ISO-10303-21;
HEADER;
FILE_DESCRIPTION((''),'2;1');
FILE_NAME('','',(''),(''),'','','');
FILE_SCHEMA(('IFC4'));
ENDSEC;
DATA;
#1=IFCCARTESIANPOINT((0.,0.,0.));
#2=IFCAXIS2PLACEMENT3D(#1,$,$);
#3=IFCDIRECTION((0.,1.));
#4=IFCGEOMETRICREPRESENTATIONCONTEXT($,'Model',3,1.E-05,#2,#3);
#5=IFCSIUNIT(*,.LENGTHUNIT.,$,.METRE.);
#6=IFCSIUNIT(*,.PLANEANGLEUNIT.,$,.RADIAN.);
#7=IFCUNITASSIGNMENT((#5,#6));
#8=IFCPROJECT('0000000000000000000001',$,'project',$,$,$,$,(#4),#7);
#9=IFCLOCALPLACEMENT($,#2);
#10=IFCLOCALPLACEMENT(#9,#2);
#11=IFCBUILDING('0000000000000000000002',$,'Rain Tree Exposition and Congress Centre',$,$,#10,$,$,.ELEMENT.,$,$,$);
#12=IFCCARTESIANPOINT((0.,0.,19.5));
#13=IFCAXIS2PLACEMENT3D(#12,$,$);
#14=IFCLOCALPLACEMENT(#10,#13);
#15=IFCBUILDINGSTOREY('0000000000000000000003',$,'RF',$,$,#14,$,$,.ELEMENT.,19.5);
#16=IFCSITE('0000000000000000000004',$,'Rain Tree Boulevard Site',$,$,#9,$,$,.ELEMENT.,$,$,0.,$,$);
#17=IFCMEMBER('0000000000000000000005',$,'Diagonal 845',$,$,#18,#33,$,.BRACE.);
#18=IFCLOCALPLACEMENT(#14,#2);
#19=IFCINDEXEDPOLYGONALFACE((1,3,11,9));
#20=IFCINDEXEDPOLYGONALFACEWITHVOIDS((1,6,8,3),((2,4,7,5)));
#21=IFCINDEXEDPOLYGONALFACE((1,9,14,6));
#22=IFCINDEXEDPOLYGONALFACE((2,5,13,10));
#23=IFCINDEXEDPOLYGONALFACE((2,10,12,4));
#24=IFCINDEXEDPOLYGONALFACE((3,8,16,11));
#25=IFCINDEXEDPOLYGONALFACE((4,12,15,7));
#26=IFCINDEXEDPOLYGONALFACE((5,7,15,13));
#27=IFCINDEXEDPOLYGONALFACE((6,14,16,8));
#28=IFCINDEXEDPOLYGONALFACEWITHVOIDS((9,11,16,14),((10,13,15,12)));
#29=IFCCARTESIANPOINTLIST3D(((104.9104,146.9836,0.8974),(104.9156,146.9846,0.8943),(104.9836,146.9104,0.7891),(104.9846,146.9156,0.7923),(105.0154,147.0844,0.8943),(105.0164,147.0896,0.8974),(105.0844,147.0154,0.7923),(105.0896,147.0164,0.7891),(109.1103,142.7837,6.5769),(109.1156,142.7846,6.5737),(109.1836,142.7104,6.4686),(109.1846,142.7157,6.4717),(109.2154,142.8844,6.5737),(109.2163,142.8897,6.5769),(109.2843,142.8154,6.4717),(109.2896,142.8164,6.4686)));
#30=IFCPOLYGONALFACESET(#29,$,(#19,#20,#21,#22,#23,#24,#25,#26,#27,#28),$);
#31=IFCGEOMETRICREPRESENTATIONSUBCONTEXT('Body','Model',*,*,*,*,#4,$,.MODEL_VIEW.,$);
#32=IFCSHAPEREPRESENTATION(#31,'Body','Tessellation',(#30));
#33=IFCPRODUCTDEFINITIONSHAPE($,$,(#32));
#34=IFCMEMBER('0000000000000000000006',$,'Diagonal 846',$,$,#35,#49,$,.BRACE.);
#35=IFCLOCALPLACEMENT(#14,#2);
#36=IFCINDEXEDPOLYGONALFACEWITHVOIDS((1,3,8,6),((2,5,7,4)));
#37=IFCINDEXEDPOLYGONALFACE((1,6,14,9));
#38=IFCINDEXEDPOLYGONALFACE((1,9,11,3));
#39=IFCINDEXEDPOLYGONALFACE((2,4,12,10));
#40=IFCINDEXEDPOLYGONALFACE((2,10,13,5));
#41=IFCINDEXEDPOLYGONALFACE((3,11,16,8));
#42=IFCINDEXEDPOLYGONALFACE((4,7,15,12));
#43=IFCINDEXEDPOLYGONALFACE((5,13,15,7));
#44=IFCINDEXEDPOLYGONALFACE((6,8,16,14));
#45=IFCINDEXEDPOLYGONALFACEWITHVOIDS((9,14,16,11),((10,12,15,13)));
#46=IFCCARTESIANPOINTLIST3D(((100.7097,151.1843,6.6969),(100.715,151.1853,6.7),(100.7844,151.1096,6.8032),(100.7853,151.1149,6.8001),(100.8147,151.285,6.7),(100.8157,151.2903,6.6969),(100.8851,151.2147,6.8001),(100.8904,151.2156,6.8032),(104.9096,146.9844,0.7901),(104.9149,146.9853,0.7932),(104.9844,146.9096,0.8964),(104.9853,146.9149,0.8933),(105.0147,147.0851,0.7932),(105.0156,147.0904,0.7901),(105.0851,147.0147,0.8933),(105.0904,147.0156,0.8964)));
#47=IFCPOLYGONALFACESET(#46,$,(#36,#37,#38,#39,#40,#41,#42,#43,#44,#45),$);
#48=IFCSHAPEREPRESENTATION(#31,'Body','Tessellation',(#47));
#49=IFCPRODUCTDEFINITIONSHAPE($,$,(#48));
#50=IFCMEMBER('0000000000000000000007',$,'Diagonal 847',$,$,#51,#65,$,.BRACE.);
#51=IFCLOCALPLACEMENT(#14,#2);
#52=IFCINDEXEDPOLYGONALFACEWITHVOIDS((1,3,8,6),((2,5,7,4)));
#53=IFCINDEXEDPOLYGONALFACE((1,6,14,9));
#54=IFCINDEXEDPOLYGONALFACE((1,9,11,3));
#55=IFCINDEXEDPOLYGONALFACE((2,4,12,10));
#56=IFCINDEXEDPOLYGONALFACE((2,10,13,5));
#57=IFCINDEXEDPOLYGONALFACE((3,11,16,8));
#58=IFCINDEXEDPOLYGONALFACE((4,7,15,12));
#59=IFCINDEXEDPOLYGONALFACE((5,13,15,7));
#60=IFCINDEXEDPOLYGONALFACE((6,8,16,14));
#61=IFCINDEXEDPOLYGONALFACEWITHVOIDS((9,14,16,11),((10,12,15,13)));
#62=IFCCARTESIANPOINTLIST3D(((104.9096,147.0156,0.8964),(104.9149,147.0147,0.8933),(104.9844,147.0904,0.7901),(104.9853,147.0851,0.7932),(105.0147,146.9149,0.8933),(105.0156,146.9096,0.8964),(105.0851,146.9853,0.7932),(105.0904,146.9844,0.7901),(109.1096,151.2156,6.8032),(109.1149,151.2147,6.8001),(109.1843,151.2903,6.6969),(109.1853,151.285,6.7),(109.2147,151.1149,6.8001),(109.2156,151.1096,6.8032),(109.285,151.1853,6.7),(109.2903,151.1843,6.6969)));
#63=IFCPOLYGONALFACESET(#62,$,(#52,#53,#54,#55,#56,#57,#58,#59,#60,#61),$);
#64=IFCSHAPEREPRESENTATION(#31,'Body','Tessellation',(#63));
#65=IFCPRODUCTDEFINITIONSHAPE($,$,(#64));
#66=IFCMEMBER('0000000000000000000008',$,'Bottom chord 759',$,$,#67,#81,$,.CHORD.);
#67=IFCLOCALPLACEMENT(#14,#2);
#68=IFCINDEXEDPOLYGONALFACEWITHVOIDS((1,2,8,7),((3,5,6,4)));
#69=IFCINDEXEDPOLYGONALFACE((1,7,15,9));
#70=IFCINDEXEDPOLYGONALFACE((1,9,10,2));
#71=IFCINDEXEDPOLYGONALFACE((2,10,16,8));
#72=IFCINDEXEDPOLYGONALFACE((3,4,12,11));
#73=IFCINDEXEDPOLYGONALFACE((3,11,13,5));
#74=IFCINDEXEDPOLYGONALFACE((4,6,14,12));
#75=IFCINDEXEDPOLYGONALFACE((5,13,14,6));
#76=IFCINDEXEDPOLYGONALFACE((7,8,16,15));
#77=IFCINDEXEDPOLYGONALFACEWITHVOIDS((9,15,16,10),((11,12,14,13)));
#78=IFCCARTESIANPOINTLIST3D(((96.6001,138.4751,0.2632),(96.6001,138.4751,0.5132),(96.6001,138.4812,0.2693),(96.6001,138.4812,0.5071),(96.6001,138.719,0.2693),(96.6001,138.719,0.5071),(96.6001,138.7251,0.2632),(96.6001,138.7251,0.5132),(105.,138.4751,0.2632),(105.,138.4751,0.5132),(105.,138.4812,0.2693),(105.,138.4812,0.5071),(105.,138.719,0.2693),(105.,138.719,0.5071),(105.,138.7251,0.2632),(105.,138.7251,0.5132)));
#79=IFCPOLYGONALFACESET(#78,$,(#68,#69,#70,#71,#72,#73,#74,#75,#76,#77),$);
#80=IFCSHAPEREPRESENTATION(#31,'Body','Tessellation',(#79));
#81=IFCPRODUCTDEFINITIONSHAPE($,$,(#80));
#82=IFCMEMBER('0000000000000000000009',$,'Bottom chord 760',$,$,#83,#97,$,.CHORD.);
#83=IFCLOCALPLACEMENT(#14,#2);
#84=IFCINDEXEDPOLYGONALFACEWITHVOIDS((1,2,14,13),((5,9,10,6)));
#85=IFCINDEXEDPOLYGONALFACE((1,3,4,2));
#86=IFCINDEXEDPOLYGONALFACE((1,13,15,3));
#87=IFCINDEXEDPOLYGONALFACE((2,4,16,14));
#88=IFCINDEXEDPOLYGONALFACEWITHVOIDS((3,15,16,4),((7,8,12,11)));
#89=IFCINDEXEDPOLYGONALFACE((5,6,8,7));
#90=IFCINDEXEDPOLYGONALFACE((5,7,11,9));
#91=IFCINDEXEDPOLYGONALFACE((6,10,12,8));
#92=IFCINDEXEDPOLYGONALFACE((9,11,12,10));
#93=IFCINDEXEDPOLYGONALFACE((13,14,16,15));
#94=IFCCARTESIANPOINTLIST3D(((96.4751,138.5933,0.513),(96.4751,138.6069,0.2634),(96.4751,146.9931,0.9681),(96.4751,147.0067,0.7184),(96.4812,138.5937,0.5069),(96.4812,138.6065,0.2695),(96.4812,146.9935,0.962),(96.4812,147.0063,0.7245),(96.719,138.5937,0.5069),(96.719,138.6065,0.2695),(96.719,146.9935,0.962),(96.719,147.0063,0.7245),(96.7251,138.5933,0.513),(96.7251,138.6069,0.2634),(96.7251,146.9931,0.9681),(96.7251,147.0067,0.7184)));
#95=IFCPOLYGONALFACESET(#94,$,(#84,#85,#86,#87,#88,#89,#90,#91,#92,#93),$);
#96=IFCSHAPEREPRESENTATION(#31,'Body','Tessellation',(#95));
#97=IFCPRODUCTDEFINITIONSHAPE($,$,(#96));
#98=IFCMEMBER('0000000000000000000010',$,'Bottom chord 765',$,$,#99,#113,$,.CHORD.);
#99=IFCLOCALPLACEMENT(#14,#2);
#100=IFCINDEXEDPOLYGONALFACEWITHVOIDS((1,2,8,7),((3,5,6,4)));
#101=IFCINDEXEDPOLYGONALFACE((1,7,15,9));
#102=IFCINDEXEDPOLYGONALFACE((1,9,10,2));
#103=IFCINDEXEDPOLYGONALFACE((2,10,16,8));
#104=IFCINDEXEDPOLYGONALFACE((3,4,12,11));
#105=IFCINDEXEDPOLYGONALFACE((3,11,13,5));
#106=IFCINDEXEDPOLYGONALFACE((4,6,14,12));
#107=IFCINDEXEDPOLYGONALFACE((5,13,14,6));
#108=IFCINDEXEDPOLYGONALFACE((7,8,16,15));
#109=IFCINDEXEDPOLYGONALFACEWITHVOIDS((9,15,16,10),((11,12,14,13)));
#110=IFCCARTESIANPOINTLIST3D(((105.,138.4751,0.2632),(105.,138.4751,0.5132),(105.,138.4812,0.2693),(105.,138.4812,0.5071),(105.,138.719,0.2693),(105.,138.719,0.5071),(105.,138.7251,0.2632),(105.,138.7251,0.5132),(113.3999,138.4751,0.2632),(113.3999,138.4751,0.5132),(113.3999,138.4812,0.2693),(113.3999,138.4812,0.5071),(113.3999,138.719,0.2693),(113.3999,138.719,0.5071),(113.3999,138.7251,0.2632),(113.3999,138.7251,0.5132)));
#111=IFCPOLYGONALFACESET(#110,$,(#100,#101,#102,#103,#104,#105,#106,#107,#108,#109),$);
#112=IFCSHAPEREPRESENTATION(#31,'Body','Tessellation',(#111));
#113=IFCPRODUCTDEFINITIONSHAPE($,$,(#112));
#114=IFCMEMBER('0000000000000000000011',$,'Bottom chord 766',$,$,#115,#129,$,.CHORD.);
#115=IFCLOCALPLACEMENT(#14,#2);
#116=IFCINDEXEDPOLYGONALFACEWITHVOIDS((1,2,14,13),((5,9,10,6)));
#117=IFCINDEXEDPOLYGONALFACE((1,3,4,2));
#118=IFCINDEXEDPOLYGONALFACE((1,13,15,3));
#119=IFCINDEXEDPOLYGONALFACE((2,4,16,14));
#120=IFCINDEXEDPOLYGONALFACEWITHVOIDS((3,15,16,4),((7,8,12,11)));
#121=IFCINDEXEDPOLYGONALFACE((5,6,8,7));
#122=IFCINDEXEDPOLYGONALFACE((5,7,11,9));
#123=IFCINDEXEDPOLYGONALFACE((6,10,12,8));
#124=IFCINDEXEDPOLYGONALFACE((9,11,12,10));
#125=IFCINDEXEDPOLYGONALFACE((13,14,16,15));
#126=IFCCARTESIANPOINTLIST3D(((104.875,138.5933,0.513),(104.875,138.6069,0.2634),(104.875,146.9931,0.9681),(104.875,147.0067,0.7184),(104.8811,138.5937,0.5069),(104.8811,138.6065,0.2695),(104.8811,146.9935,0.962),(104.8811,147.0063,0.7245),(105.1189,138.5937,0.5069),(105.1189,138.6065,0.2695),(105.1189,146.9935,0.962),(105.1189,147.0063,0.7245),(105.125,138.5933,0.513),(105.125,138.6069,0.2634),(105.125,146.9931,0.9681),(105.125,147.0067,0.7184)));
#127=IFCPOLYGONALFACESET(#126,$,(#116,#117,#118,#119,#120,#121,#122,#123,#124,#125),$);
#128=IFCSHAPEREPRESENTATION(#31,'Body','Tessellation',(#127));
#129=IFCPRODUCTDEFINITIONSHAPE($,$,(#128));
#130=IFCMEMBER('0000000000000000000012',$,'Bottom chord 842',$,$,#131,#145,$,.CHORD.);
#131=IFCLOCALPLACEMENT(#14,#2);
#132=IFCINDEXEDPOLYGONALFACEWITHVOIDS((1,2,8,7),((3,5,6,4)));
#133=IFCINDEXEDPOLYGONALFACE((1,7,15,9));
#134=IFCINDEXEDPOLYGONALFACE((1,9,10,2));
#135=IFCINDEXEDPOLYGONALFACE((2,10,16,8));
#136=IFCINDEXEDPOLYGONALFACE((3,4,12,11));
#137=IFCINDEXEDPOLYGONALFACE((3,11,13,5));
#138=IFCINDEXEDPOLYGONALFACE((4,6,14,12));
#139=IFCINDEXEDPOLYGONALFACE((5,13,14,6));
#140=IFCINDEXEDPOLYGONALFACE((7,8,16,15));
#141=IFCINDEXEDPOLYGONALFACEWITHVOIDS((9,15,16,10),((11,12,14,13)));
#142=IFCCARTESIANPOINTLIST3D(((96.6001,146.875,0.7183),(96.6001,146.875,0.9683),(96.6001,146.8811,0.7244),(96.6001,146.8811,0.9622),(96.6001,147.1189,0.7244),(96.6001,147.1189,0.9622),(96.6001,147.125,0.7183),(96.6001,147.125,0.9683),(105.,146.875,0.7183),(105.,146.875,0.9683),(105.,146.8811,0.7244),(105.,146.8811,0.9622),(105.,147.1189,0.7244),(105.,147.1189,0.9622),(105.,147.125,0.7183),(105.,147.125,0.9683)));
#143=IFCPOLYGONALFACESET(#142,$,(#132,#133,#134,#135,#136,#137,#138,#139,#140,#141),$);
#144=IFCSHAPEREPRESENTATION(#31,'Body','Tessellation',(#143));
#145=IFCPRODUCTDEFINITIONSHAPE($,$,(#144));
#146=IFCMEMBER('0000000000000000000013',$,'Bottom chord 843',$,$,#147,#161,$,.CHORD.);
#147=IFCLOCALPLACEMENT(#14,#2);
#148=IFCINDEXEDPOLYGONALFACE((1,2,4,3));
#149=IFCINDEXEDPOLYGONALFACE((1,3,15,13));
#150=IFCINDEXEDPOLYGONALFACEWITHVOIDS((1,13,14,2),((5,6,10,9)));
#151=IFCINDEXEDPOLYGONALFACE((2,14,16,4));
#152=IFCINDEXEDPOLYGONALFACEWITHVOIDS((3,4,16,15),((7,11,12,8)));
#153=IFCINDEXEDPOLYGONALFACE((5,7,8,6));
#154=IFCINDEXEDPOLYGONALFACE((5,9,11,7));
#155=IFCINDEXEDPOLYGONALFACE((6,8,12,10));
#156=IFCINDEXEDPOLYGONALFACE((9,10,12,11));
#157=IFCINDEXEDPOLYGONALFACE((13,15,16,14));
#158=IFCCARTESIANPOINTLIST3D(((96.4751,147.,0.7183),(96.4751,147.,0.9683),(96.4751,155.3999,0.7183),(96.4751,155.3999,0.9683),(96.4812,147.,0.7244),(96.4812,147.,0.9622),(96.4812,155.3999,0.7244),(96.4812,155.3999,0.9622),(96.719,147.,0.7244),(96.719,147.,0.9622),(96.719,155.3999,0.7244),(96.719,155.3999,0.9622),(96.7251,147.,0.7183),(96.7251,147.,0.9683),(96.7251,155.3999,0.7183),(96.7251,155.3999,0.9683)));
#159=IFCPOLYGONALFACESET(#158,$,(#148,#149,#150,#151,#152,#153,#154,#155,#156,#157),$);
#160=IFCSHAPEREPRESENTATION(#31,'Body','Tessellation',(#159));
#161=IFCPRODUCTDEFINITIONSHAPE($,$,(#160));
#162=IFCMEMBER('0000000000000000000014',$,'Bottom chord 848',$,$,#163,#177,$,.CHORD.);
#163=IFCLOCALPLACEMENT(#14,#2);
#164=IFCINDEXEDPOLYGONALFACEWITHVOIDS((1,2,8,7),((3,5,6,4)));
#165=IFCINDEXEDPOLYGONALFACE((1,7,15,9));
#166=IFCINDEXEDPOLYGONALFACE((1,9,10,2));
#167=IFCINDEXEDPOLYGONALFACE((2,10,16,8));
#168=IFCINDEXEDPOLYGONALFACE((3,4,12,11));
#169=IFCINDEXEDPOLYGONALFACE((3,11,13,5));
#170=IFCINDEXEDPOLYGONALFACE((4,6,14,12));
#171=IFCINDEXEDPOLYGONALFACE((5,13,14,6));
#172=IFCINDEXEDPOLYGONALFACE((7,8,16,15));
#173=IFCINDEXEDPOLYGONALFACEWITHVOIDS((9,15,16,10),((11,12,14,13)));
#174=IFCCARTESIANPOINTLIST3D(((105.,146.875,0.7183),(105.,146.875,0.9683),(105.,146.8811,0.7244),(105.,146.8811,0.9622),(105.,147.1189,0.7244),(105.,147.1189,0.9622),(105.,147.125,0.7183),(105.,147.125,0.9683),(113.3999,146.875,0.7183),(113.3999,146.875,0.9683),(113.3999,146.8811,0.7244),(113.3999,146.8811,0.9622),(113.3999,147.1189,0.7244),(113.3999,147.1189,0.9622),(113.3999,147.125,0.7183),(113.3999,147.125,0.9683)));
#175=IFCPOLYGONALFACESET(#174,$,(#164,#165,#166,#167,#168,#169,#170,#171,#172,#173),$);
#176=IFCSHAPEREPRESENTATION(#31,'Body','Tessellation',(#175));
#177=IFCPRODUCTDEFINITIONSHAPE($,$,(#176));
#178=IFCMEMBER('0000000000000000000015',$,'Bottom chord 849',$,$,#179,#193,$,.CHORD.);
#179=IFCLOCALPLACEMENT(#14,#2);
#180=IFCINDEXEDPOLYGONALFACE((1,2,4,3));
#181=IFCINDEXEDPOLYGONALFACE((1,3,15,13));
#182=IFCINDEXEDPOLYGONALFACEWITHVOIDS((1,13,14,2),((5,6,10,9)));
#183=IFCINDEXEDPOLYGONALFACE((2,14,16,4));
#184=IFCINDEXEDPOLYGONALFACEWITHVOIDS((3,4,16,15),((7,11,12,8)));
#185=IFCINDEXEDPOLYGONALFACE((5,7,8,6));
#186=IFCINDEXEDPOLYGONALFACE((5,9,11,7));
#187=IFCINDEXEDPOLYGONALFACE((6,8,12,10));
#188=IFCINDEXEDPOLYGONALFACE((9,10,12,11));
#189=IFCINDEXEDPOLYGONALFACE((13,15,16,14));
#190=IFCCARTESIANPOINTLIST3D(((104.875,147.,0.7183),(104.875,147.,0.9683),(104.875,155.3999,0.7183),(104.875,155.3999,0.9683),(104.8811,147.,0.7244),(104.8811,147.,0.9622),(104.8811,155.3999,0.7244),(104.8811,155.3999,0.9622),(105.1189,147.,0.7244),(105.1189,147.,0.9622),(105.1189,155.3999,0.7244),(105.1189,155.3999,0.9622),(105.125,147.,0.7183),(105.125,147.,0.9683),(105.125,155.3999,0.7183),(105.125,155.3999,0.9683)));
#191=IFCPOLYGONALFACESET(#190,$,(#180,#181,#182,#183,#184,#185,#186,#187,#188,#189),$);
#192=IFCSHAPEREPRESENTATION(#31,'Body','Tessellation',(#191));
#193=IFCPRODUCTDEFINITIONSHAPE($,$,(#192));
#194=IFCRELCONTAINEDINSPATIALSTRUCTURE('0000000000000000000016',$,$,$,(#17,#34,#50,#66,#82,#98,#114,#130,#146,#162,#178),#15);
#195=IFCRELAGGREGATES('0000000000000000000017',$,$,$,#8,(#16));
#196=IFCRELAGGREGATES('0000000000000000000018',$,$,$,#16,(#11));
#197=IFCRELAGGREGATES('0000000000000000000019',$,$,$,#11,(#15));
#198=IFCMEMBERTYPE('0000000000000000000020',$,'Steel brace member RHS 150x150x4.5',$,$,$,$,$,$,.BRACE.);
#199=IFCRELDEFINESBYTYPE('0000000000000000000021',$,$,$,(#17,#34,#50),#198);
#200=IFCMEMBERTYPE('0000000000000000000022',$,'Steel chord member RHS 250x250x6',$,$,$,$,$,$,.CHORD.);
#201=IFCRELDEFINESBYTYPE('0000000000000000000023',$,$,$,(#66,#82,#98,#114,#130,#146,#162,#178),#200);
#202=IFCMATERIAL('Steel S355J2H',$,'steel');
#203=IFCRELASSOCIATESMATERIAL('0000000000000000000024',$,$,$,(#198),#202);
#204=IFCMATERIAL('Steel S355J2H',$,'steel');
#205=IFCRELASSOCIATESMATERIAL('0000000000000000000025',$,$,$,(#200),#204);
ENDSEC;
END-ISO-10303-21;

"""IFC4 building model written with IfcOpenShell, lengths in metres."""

from ifc_helpers import new_model, si_unit, direction, frame, origin, origin_2d, place, context, subcontext, project, spatial, hollow_rectangle, extrude, material, material_profile, profile_set, type_object, element, save


model = new_model("IFC4")

# Units and contexts
model_context = context("Model", 3, precision=1e-05, world=origin(), true_north=direction((0.0, 1.0)))
body_context = subcontext(model_context, "Body", "Model", "MODEL_VIEW")
ifc_project = project(units=[si_unit("LENGTHUNIT", "METRE"), si_unit("PLANEANGLEUNIT", "RADIAN")], contexts=[model_context])

# Site, building, storey
site_placement = place(None, origin())
site = spatial("IfcSite", under=ifc_project, at=site_placement, Name="Rain Tree Boulevard Site", CompositionType="ELEMENT", RefElevation=0.0)
building_placement = place(site_placement, origin())
building = spatial("IfcBuilding", under=site, at=building_placement, Name="Rain Tree Exposition and Congress Centre", CompositionType="ELEMENT")
storey_placement = place(building_placement, frame((0.0, 0.0, 19.5)))
storey = spatial("IfcBuildingStorey", under=building, at=storey_placement, Name="RF", CompositionType="ELEMENT", Elevation=19.5)

# Members
ifc_material_1 = material(Name="Steel S355J2H", Category="steel")
ifc_material_profile_1 = material_profile(ifc_material_1, hollow_rectangle(XDim=0.1499, YDim=0.1499, WallThickness=0.0044, at=origin_2d()), Name="RHS 150x150x4.5")
ifc_profile_set_1 = profile_set([ifc_material_profile_1], Name="Steel S355J2H")
member_type_1 = type_object("IfcMemberType", Name="Steel brace member RHS 150x150x4.5", PredefinedType="BRACE", material=ifc_profile_set_1)
for number, where, z_axis, x_axis, name in (
    (1, (105.0, 147.0, 0.8433), (0.511068, -0.511068, 0.691099), (0.707107, 0.707107, 0.0), "Diagonal 845"),
):
    element("IfcMember", number, at=place(storey_placement, frame(where, z_axis=z_axis, x_axis=x_axis)), inside=storey, type_object=member_type_1, Name=name, PredefinedType="BRACE", context=body_context, shape_type="SweptSolid", body=[
        extrude(hollow_rectangle(XDim=0.1499, YDim=0.1499, WallThickness=0.0044, at=origin_2d()), origin(), (0.0, 0.0, 1.0), 8.218),
    ])
for number, where, z_axis, x_axis, name in (
    (2, (105.0, 147.0, 0.8433), (-0.501386, 0.501386, 0.705141), (-0.707107, -0.707107, 0.0), "Diagonal 846"),
    (3, (105.0, 147.0, 0.8433), (0.501386, 0.501386, 0.705141), (-0.707107, 0.707107, 0.0), "Diagonal 847"),
):
    element("IfcMember", number, at=place(storey_placement, frame(where, z_axis=z_axis, x_axis=x_axis)), inside=storey, type_object=member_type_1, Name=name, PredefinedType="BRACE", context=body_context, shape_type="SweptSolid", body=[
        extrude(hollow_rectangle(XDim=0.1499, YDim=0.1499, WallThickness=0.0044, at=origin_2d()), origin(), (0.0, 0.0, 1.0), 8.3767),
    ])
ifc_material_2 = material(Name="Steel S355J2H", Category="steel")
ifc_material_profile_2 = material_profile(ifc_material_2, hollow_rectangle(XDim=0.25, YDim=0.25, WallThickness=0.0061, at=origin_2d()), Name="RHS 250x250x6")
ifc_profile_set_2 = profile_set([ifc_material_profile_2], Name="Steel S355J2H")
member_type_2 = type_object("IfcMemberType", Name="Steel chord member RHS 250x250x6", PredefinedType="CHORD", material=ifc_profile_set_2)
member_1_placement = place(storey_placement, frame((96.6001, 138.6001, 0.3882), z_axis=(1.0, 0.0, 0.0), x_axis=(0.0, 1.0, 0.0)))
element("IfcMember", 4, at=member_1_placement, inside=storey, type_object=member_type_2, Name="Bottom chord 759", PredefinedType="CHORD", context=body_context, shape_type="SweptSolid", body=[
    extrude(hollow_rectangle(XDim=0.25, YDim=0.25, WallThickness=0.0061, at=origin_2d()), origin(), (0.0, 0.0, 1.0), 8.3999),
])
member_2_placement = place(storey_placement, frame((96.6001, 138.6001, 0.3882), z_axis=(0.0, 0.998536, 0.054097), x_axis=(-1.0, 0.0, 0.0)))
element("IfcMember", 5, at=member_2_placement, inside=storey, type_object=member_type_2, Name="Bottom chord 760", PredefinedType="CHORD", context=body_context, shape_type="SweptSolid", body=[
    extrude(hollow_rectangle(XDim=0.25, YDim=0.25, WallThickness=0.0061, at=origin_2d()), origin(), (0.0, 0.0, 1.0), 8.4121),
])
member_3_placement = place(storey_placement, frame((105.0, 138.6001, 0.3882), z_axis=(1.0, 0.0, 0.0), x_axis=(0.0, 1.0, 0.0)))
element("IfcMember", 6, at=member_3_placement, inside=storey, type_object=member_type_2, Name="Bottom chord 765", PredefinedType="CHORD", context=body_context, shape_type="SweptSolid", body=[
    extrude(hollow_rectangle(XDim=0.25, YDim=0.25, WallThickness=0.0061, at=origin_2d()), origin(), (0.0, 0.0, 1.0), 8.3999),
])
member_4_placement = place(storey_placement, frame((105.0, 138.6001, 0.3882), z_axis=(0.0, 0.998536, 0.054097), x_axis=(-1.0, 0.0, 0.0)))
element("IfcMember", 7, at=member_4_placement, inside=storey, type_object=member_type_2, Name="Bottom chord 766", PredefinedType="CHORD", context=body_context, shape_type="SweptSolid", body=[
    extrude(hollow_rectangle(XDim=0.25, YDim=0.25, WallThickness=0.0061, at=origin_2d()), origin(), (0.0, 0.0, 1.0), 8.4121),
])
for number, where, z_axis, x_axis, name in (
    (8, (96.6001, 147.0, 0.8433), (1.0, 0.0, 0.0), (0.0, 1.0, 0.0), "Bottom chord 842"),
    (9, (96.6001, 147.0, 0.8433), (0.0, 1.0, 0.0), (-1.0, 0.0, 0.0), "Bottom chord 843"),
    (10, (105.0, 147.0, 0.8433), (1.0, 0.0, 0.0), (0.0, 1.0, 0.0), "Bottom chord 848"),
    (11, (105.0, 147.0, 0.8433), (0.0, 1.0, 0.0), (-1.0, 0.0, 0.0), "Bottom chord 849"),
):
    element("IfcMember", number, at=place(storey_placement, frame(where, z_axis=z_axis, x_axis=x_axis)), inside=storey, type_object=member_type_2, Name=name, PredefinedType="CHORD", context=body_context, shape_type="SweptSolid", body=[
        extrude(hollow_rectangle(XDim=0.25, YDim=0.25, WallThickness=0.0061, at=origin_2d()), origin(), (0.0, 0.0, 1.0), 8.3999),
    ])

save(model, "model.ifc")
